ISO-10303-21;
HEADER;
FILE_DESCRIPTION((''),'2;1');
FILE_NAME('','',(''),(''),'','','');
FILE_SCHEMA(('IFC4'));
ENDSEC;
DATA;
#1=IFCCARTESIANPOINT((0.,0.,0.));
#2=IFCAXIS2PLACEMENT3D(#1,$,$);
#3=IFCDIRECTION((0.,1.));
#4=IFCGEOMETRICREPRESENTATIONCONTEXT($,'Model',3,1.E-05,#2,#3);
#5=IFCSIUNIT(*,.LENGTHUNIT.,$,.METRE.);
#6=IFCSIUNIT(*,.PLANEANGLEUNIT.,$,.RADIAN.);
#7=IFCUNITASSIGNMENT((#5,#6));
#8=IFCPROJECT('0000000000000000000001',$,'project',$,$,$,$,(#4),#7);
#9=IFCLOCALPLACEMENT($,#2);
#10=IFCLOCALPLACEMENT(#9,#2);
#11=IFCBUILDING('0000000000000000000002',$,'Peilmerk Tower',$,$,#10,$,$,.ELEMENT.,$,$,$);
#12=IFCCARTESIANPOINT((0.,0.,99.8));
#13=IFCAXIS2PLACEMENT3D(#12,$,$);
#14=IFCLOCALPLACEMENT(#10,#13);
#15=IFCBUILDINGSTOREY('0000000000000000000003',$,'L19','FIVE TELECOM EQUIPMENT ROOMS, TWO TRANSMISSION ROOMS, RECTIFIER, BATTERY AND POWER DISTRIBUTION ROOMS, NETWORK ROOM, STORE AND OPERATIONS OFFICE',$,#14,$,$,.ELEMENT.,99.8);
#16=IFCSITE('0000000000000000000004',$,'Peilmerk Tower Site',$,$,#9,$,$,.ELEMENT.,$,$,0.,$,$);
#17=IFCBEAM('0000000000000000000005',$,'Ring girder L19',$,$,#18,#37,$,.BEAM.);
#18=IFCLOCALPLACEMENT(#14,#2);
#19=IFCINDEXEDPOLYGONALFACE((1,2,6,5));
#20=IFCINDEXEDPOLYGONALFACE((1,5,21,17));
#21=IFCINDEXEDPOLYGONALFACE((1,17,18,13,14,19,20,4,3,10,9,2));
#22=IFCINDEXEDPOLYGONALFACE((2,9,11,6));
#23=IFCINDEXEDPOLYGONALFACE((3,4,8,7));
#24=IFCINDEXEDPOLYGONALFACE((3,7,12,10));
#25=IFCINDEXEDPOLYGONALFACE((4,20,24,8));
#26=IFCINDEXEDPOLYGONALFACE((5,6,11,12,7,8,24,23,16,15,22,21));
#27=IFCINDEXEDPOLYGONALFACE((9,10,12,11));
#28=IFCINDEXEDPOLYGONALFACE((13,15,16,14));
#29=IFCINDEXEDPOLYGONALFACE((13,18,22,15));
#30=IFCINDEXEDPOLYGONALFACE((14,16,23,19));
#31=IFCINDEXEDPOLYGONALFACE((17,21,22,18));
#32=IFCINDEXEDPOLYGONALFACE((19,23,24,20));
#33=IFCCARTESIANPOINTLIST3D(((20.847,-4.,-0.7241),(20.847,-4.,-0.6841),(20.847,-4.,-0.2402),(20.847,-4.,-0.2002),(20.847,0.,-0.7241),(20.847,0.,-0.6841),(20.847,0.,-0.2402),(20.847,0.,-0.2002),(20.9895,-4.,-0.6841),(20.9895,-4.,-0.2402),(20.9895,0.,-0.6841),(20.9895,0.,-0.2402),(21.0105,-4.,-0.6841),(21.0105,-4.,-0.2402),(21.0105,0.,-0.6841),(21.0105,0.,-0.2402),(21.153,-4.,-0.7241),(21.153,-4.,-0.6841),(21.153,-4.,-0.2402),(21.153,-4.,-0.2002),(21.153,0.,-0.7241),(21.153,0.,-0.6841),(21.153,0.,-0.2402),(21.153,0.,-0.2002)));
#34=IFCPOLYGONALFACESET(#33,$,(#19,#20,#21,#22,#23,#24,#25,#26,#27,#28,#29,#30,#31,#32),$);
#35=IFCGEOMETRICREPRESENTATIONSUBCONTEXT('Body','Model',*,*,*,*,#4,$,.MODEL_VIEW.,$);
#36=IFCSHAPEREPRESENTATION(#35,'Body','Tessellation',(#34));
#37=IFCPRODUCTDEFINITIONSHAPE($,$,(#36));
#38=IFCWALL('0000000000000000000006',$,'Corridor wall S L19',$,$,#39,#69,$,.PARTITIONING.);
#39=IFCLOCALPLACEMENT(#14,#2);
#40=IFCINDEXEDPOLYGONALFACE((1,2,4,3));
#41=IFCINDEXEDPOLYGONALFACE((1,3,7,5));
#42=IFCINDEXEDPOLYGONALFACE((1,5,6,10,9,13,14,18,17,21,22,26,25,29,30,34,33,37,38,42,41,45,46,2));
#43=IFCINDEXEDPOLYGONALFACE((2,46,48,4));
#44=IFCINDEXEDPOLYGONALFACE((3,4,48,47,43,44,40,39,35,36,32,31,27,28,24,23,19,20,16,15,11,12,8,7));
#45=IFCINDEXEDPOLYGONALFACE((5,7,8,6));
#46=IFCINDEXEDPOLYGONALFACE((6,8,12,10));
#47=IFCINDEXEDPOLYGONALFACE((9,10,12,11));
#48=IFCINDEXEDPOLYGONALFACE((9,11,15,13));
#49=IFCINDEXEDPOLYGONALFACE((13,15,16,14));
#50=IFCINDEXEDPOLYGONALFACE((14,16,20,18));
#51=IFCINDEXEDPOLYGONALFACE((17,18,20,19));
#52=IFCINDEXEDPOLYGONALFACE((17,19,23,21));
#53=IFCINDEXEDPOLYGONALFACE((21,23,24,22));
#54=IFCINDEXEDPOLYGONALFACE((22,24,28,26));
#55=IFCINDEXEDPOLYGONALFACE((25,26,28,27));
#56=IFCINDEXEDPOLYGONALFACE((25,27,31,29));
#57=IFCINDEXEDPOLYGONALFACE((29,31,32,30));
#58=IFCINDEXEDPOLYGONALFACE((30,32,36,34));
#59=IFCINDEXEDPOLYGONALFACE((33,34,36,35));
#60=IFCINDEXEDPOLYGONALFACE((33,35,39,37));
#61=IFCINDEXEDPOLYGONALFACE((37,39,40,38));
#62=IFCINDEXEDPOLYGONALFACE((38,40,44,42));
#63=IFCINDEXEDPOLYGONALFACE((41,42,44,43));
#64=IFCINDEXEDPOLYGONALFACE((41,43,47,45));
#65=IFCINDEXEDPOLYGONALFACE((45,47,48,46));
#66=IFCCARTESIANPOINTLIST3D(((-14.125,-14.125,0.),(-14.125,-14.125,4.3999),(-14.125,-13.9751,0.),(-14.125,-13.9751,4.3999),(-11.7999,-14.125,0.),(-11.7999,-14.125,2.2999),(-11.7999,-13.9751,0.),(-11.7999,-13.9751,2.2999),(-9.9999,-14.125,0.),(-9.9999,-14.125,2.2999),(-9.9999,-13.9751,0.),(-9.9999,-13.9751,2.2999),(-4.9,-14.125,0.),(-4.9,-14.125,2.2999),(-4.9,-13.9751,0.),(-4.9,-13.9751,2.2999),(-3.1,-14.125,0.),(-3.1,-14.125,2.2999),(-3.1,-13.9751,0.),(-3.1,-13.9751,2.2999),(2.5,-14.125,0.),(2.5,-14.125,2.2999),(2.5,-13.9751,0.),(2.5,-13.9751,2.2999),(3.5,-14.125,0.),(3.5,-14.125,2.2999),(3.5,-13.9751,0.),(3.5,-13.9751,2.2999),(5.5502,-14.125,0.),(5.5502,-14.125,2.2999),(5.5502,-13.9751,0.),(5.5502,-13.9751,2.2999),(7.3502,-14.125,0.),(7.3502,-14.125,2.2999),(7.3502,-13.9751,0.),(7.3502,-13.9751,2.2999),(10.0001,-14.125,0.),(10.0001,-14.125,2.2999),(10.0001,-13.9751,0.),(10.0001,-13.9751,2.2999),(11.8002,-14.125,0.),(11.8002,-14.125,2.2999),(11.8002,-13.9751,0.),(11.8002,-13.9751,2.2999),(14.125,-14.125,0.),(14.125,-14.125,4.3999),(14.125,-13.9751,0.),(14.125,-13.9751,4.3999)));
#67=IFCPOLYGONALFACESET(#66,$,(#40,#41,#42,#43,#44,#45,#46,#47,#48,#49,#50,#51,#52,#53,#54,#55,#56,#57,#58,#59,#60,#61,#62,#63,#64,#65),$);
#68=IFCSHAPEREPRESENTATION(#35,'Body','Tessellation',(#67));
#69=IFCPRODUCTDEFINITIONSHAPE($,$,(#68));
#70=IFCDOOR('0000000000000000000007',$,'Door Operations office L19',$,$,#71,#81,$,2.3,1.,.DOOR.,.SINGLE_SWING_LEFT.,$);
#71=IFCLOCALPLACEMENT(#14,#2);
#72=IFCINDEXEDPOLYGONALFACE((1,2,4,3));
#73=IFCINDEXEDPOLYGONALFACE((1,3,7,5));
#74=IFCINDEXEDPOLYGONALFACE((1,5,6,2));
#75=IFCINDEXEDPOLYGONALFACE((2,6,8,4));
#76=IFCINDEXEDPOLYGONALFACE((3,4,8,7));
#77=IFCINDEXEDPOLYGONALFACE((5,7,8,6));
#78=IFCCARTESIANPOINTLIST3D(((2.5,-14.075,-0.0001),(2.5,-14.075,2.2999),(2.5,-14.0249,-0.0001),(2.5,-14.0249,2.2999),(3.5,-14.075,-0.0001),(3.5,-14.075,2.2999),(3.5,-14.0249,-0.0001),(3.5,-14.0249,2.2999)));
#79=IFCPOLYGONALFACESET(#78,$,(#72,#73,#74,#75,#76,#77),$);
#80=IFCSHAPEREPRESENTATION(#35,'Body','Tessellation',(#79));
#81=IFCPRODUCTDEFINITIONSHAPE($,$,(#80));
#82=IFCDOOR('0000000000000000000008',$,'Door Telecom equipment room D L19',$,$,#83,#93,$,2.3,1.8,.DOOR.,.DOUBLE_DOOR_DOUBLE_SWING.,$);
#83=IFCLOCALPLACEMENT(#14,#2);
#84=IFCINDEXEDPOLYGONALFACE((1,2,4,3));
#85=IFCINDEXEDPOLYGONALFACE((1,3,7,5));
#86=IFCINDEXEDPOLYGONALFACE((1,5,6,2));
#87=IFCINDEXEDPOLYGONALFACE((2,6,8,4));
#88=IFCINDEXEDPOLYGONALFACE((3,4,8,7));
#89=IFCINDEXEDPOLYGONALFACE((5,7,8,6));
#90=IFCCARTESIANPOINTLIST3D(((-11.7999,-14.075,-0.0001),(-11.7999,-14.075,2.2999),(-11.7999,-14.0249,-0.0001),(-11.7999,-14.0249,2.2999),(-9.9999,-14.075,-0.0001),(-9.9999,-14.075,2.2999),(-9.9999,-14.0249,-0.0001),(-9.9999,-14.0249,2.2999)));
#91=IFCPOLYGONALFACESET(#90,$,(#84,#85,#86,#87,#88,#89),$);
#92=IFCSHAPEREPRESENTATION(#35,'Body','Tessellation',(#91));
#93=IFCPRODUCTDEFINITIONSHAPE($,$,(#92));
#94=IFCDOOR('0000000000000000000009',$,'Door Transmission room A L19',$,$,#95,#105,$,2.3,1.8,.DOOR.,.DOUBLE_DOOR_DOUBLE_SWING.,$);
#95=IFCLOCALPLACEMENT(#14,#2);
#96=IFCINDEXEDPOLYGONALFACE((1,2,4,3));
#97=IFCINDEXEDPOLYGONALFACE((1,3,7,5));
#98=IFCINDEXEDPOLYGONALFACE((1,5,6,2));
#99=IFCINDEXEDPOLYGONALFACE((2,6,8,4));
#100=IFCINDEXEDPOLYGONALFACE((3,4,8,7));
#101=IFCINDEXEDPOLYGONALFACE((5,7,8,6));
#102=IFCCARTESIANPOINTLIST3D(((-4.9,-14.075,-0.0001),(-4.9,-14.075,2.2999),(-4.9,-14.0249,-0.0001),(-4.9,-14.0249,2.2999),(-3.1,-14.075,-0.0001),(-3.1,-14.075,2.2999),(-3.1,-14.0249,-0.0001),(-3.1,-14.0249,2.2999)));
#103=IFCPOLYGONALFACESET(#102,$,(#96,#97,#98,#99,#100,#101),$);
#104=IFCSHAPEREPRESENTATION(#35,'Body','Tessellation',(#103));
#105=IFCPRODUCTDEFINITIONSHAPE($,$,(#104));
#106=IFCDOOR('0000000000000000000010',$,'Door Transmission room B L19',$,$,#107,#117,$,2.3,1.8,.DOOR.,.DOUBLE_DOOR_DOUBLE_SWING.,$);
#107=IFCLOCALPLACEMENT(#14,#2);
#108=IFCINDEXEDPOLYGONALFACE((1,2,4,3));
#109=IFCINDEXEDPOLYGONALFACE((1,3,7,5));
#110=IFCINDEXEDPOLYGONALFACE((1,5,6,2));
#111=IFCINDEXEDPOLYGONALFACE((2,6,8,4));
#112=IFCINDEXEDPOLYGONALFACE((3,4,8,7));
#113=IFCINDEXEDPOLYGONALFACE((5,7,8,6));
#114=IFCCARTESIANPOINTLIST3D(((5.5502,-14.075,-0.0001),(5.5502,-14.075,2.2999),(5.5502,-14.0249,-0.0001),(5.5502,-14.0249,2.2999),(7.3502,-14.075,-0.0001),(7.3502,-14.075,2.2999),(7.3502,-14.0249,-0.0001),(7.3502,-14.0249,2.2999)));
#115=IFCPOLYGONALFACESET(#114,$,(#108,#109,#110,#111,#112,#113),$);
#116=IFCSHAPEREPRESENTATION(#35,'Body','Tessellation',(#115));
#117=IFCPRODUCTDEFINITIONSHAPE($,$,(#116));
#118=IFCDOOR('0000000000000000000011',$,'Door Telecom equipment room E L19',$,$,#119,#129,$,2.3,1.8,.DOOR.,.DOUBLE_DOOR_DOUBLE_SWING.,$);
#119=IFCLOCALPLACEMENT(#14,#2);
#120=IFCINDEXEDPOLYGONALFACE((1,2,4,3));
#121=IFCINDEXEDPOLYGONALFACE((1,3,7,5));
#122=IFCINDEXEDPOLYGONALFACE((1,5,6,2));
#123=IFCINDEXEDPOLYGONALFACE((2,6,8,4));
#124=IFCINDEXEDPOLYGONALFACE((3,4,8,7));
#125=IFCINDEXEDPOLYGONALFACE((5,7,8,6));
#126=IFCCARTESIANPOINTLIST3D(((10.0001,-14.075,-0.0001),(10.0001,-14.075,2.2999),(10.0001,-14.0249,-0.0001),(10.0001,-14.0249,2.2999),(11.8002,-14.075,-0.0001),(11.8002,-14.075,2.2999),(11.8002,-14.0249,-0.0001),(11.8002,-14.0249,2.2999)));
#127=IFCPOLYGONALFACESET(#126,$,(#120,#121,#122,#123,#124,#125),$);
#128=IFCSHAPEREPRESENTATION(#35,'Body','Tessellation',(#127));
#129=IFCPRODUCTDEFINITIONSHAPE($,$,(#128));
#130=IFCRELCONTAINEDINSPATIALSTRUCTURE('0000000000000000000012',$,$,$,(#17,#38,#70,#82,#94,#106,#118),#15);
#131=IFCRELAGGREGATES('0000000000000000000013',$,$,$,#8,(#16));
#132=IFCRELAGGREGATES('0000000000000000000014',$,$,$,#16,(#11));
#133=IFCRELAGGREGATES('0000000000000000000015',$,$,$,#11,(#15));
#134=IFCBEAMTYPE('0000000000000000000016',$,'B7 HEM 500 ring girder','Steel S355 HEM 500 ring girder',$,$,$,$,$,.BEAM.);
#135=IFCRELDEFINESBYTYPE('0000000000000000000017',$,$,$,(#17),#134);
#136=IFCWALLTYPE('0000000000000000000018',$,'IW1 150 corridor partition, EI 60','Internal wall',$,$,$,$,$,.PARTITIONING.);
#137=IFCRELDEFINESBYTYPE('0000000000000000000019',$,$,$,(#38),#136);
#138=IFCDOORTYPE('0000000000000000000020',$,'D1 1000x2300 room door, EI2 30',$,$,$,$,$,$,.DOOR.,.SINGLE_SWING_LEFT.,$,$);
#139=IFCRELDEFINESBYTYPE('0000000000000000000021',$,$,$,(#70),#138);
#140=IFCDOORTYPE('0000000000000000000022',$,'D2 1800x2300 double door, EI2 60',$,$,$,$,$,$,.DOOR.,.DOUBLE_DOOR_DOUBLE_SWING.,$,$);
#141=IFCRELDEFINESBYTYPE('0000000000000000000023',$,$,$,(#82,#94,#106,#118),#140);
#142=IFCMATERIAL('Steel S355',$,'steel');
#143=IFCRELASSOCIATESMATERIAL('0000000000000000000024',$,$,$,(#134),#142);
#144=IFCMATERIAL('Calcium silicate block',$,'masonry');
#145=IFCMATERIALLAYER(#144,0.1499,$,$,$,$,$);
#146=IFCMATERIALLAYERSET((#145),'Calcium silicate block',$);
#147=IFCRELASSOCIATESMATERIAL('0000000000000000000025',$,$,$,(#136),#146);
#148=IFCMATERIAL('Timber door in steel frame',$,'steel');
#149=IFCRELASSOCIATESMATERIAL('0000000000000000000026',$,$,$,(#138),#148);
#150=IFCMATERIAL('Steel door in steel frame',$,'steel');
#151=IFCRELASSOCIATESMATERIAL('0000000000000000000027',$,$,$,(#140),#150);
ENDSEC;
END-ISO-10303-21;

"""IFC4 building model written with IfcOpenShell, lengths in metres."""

from ifc_helpers import new_model, si_unit, direction, frame, frame_2d, origin, origin_2d, place, context, subcontext, project, spatial, rectangle, i_section, extrude, material, layer, layer_set, material_profile, profile_set, type_object, element, fill, save


model = new_model("IFC4")

# Units and contexts
model_context = context("Model", 3, precision=1e-05, world=origin(), true_north=direction((0.0, 1.0)))
body_context = subcontext(model_context, "Body", "Model", "MODEL_VIEW")
ifc_project = project(units=[si_unit("LENGTHUNIT", "METRE"), si_unit("PLANEANGLEUNIT", "RADIAN")], contexts=[model_context])

# Site, building, storey
site_placement = place(None, origin())
site = spatial("IfcSite", under=ifc_project, at=site_placement, Name="Peilmerk Tower Site", CompositionType="ELEMENT", RefElevation=0.0)
building_placement = place(site_placement, origin())
building = spatial("IfcBuilding", under=site, at=building_placement, Name="Peilmerk Tower", CompositionType="ELEMENT")
storey_placement = place(building_placement, frame((0.0, 0.0, 99.8)))
storey = spatial("IfcBuildingStorey", under=building, at=storey_placement, Name="L19", Description="FIVE TELECOM EQUIPMENT ROOMS, TWO TRANSMISSION ROOMS, RECTIFIER, BATTERY AND POWER DISTRIBUTION ROOMS, NETWORK ROOM, STORE AND OPERATIONS OFFICE", CompositionType="ELEMENT", Elevation=99.8)

# Beam
ifc_material_1 = material(Name="Steel S355", Category="steel")
ifc_material_profile_1 = material_profile(ifc_material_1, i_section(OverallWidth=0.3059, OverallDepth=0.5239, WebThickness=0.021, FlangeThickness=0.04, at=origin_2d()), Name="HEM 500")
ifc_profile_set_1 = profile_set([ifc_material_profile_1], Name="Steel S355")
beam_type_1 = type_object("IfcBeamType", Name="B7 HEM 500 ring girder", Description="Steel S355 HEM 500 ring girder", PredefinedType="BEAM", material=ifc_profile_set_1)
for number, where, z_axis, x_axis, name in (
    (1, (21.0, -4.0, -0.4622), (0.0, 1.0, 0.0), (-1.0, 0.0, 0.0), "Ring girder L19"),
):
    element("IfcBeam", number, at=place(storey_placement, frame(where, z_axis=z_axis, x_axis=x_axis)), inside=storey, type_object=beam_type_1, Name=name, PredefinedType="BEAM", context=body_context, shape_type="SweptSolid", body=[
        extrude(i_section(OverallWidth=0.3059, OverallDepth=0.5239, WebThickness=0.021, FlangeThickness=0.04, at=origin_2d()), origin(), (0.0, 0.0, 1.0), 4.0),
    ])

# Wall, openings, doors
ifc_material_2 = material(Name="Calcium silicate block", Category="masonry")
ifc_layer_1 = layer(ifc_material_2, 0.1499)
ifc_layer_set_1 = layer_set([ifc_layer_1], Name="Calcium silicate block")
wall_type_1 = type_object("IfcWallType", Name="IW1 150 corridor partition, EI 60", Description="Internal wall", PredefinedType="PARTITIONING", material=ifc_layer_set_1)
wall_1_placement = place(storey_placement, frame((14.125, -14.05, 0.0), z_axis=(0.0, 0.0, 1.0), x_axis=(-1.0, 0.0, 0.0)))
wall_1 = element("IfcWall", 2, at=wall_1_placement, inside=storey, type_object=wall_type_1, Name="Corridor wall S L19", PredefinedType="PARTITIONING", context=body_context, shape_type="SweptSolid", body=[
    extrude(rectangle(XDim=28.25, YDim=0.1499, at=frame_2d((14.125, 0.0))), origin(), (0.0, 0.0, 1.0), 4.3999),
])
opening_1_placement = place(wall_1_placement, frame((24.125, 0.0, 0.0)))
opening_1 = element("IfcOpeningElement", 3, at=opening_1_placement, cuts=wall_1, PredefinedType="OPENING", context=body_context, shape_type="SweptSolid", body=[
    extrude(rectangle(XDim=1.8, YDim=2.3, at=frame_2d((0.8999, 1.1499))), frame((0.0, 0.085, 0.0), z_axis=(0.0, -1.0, 0.0), x_axis=(1.0, 0.0, 0.0)), (0.0, 0.0, 1.0), 0.1699),
])
opening_2_placement = place(wall_1_placement, frame((17.2251, 0.0, 0.0)))
opening_2 = element("IfcOpeningElement", 4, at=opening_2_placement, cuts=wall_1, PredefinedType="OPENING", context=body_context, shape_type="SweptSolid", body=[
    extrude(rectangle(XDim=1.8, YDim=2.3, at=frame_2d((0.8999, 1.1499))), frame((0.0, 0.085, 0.0), z_axis=(0.0, -1.0, 0.0), x_axis=(1.0, 0.0, 0.0)), (0.0, 0.0, 1.0), 0.1699),
])
opening_3_placement = place(wall_1_placement, frame((6.7749, 0.0, 0.0)))
opening_3 = element("IfcOpeningElement", 5, at=opening_3_placement, cuts=wall_1, PredefinedType="OPENING", context=body_context, shape_type="SweptSolid", body=[
    extrude(rectangle(XDim=1.8, YDim=2.3, at=frame_2d((0.8999, 1.1499))), frame((0.0, 0.085, 0.0), z_axis=(0.0, -1.0, 0.0), x_axis=(1.0, 0.0, 0.0)), (0.0, 0.0, 1.0), 0.1699),
])
opening_4_placement = place(wall_1_placement, frame((2.325, 0.0, 0.0)))
opening_4 = element("IfcOpeningElement", 6, at=opening_4_placement, cuts=wall_1, PredefinedType="OPENING", context=body_context, shape_type="SweptSolid", body=[
    extrude(rectangle(XDim=1.8, YDim=2.3, at=frame_2d((0.8999, 1.1499))), frame((0.0, 0.085, 0.0), z_axis=(0.0, -1.0, 0.0), x_axis=(1.0, 0.0, 0.0)), (0.0, 0.0, 1.0), 0.1699),
])
opening_5_placement = place(wall_1_placement, frame((10.625, 0.0, 0.0)))
opening_5 = element("IfcOpeningElement", 7, at=opening_5_placement, cuts=wall_1, PredefinedType="OPENING", context=body_context, shape_type="SweptSolid", body=[
    extrude(rectangle(XDim=1.0, YDim=2.3, at=frame_2d((0.5, 1.1499))), frame((0.0, 0.085, 0.0), z_axis=(0.0, -1.0, 0.0), x_axis=(1.0, 0.0, 0.0)), (0.0, 0.0, 1.0), 0.1699),
])
ifc_material_3 = material(Name="Timber door in steel frame", Category="steel")
door_type_1 = type_object("IfcDoorType", Name="D1 1000x2300 room door, EI2 30", OperationType="SINGLE_SWING_LEFT", PredefinedType="DOOR", material=ifc_material_3)
door_1_placement = place(opening_5_placement, origin())
door_1 = element("IfcDoor", 8, at=door_1_placement, inside=storey, type_object=door_type_1, Name="Door Operations office L19", OperationType="SINGLE_SWING_LEFT", OverallHeight=2.3, OverallWidth=1.0, PredefinedType="DOOR", context=body_context, shape_type="SweptSolid", body=[
    extrude(rectangle(XDim=1.0, YDim=2.3, at=frame_2d((0.5, 1.1499))), frame((0.0, 0.0249, 0.0), z_axis=(0.0, -1.0, 0.0), x_axis=(1.0, 0.0, 0.0)), (0.0, 0.0, 1.0), 0.05),
])
fill(opening_5, door_1)
ifc_material_4 = material(Name="Steel door in steel frame", Category="steel")
door_type_2 = type_object("IfcDoorType", Name="D2 1800x2300 double door, EI2 60", OperationType="DOUBLE_DOOR_DOUBLE_SWING", PredefinedType="DOOR", material=ifc_material_4)
door_2_placement = place(opening_1_placement, origin())
door_2 = element("IfcDoor", 9, at=door_2_placement, inside=storey, type_object=door_type_2, Name="Door Telecom equipment room D L19", OperationType="DOUBLE_DOOR_DOUBLE_SWING", OverallHeight=2.3, OverallWidth=1.8, PredefinedType="DOOR", context=body_context, shape_type="SweptSolid", body=[
    extrude(rectangle(XDim=1.8, YDim=2.3, at=frame_2d((0.8999, 1.1499))), frame((0.0, 0.0249, 0.0), z_axis=(0.0, -1.0, 0.0), x_axis=(1.0, 0.0, 0.0)), (0.0, 0.0, 1.0), 0.05),
])
fill(opening_1, door_2)
door_3_placement = place(opening_2_placement, origin())
door_3 = element("IfcDoor", 10, at=door_3_placement, inside=storey, type_object=door_type_2, Name="Door Transmission room A L19", OperationType="DOUBLE_DOOR_DOUBLE_SWING", OverallHeight=2.3, OverallWidth=1.8, PredefinedType="DOOR", context=body_context, shape_type="SweptSolid", body=[
    extrude(rectangle(XDim=1.8, YDim=2.3, at=frame_2d((0.8999, 1.1499))), frame((0.0, 0.0249, 0.0), z_axis=(0.0, -1.0, 0.0), x_axis=(1.0, 0.0, 0.0)), (0.0, 0.0, 1.0), 0.05),
])
fill(opening_2, door_3)
door_4_placement = place(opening_3_placement, origin())
door_4 = element("IfcDoor", 11, at=door_4_placement, inside=storey, type_object=door_type_2, Name="Door Transmission room B L19", OperationType="DOUBLE_DOOR_DOUBLE_SWING", OverallHeight=2.3, OverallWidth=1.8, PredefinedType="DOOR", context=body_context, shape_type="SweptSolid", body=[
    extrude(rectangle(XDim=1.8, YDim=2.3, at=frame_2d((0.8999, 1.1499))), frame((0.0, 0.0249, 0.0), z_axis=(0.0, -1.0, 0.0), x_axis=(1.0, 0.0, 0.0)), (0.0, 0.0, 1.0), 0.05),
])
fill(opening_3, door_4)
door_5_placement = place(opening_4_placement, origin())
door_5 = element("IfcDoor", 12, at=door_5_placement, inside=storey, type_object=door_type_2, Name="Door Telecom equipment room E L19", OperationType="DOUBLE_DOOR_DOUBLE_SWING", OverallHeight=2.3, OverallWidth=1.8, PredefinedType="DOOR", context=body_context, shape_type="SweptSolid", body=[
    extrude(rectangle(XDim=1.8, YDim=2.3, at=frame_2d((0.8999, 1.1499))), frame((0.0, 0.0249, 0.0), z_axis=(0.0, -1.0, 0.0), x_axis=(1.0, 0.0, 0.0)), (0.0, 0.0, 1.0), 0.05),
])
fill(opening_4, door_5)

save(model, "model.ifc")
